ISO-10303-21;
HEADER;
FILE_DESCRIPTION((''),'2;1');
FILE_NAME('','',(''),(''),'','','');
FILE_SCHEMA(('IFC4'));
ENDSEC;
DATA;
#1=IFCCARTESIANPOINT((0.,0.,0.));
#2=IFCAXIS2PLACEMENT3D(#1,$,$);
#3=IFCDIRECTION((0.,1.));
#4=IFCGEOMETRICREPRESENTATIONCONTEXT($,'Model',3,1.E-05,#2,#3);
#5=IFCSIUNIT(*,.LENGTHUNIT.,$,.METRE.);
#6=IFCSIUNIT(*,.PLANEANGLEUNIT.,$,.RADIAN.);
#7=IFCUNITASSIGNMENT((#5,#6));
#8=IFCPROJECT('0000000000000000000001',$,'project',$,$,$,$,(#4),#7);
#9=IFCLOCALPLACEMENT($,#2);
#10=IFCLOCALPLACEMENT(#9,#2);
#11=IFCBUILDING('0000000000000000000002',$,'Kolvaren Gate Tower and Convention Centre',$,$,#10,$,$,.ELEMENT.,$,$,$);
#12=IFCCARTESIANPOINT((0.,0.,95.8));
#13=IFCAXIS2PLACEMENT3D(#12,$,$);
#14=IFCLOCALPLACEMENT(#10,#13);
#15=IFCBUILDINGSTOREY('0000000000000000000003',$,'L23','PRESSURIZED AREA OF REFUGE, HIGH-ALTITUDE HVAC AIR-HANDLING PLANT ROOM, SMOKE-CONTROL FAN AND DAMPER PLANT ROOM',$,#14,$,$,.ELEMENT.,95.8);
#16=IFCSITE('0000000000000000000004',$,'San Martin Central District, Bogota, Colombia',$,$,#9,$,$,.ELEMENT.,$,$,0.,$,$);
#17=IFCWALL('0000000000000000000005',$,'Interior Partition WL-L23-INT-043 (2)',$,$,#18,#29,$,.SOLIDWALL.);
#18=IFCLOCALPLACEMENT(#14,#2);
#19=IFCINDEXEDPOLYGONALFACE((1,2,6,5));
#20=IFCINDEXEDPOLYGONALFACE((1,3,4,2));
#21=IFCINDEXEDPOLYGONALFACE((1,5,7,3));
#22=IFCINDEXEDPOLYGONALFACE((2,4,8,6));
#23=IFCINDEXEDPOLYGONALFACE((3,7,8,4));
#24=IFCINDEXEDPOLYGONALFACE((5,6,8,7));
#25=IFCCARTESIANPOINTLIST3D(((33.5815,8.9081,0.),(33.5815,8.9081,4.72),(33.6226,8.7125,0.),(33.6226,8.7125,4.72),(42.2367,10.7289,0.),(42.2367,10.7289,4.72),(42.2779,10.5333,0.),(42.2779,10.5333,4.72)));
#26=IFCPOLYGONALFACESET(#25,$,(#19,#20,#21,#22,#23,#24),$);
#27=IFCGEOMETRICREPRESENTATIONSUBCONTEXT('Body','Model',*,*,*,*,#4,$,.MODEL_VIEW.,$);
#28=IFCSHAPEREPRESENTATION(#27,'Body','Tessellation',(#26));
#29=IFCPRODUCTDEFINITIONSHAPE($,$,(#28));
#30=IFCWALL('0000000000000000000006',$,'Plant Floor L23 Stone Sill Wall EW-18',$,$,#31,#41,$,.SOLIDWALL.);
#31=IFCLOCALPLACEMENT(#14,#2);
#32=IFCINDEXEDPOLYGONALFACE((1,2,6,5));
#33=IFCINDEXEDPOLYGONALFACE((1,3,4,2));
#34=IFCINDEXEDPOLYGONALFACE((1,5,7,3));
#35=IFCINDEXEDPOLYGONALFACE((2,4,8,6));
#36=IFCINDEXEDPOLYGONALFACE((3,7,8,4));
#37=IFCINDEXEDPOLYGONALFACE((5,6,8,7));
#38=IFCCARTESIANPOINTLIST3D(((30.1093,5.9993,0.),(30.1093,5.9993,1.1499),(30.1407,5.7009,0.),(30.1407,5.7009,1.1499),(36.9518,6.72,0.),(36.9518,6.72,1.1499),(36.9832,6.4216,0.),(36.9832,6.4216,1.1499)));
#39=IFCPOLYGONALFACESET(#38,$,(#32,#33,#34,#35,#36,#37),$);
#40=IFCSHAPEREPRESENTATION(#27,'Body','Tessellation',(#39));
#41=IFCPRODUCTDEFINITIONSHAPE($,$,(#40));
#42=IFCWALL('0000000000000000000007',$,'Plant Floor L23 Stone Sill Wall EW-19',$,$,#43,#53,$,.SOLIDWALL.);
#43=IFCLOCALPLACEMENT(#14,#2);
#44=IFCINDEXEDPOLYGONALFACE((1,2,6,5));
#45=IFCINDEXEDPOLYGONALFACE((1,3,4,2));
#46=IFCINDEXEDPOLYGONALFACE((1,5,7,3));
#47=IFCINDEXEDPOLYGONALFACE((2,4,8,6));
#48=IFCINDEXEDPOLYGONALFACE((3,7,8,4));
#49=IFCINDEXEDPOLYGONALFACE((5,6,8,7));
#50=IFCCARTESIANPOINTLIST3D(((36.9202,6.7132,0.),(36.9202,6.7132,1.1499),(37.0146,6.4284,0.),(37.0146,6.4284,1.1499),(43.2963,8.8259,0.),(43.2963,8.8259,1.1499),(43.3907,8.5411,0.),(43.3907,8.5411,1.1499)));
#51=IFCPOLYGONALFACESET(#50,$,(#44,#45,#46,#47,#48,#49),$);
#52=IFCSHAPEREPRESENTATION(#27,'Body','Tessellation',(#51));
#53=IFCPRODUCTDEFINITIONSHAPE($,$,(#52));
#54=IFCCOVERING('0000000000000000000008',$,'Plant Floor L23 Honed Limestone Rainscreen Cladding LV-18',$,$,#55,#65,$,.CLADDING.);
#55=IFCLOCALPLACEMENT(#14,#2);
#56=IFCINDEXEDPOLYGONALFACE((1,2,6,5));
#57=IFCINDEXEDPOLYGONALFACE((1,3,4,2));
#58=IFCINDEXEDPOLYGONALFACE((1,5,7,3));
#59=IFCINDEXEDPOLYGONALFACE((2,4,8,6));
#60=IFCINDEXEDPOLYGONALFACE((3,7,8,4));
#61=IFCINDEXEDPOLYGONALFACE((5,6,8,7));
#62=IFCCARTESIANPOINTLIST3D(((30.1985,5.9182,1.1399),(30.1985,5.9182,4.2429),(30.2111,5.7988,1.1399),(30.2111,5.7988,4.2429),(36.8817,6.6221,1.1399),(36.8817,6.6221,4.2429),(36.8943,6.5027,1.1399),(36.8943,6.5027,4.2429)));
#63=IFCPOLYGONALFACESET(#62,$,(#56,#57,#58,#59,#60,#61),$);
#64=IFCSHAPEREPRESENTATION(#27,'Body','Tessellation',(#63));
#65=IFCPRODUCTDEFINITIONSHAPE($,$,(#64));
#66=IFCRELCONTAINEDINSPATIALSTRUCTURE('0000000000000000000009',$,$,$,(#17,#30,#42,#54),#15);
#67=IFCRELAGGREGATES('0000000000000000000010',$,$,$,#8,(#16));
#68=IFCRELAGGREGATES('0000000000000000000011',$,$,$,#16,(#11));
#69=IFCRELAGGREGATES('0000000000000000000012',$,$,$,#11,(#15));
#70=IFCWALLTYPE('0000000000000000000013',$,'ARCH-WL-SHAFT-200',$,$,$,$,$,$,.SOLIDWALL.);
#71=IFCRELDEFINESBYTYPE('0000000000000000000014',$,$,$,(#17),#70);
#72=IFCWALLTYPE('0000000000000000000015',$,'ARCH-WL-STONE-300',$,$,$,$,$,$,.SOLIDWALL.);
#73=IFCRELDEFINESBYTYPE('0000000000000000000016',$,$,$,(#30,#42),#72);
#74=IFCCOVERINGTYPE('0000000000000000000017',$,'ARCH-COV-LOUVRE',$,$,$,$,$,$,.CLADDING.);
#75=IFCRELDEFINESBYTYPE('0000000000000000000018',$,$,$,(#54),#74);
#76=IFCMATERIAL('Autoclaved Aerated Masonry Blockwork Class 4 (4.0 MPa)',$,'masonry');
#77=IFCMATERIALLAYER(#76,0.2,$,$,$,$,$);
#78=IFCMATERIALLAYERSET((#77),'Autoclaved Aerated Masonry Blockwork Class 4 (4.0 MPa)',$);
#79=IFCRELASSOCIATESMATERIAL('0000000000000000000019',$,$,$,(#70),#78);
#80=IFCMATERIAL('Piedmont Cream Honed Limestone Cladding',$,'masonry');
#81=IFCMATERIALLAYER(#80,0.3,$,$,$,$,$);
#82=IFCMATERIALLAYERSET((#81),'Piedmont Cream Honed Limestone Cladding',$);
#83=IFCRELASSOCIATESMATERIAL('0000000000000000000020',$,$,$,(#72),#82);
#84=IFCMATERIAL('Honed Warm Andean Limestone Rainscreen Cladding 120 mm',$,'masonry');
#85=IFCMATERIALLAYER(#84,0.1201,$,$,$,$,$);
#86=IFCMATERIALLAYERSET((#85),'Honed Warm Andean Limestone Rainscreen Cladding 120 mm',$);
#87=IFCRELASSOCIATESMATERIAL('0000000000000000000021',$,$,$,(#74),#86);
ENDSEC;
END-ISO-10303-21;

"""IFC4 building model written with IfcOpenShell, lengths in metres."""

from ifc_helpers import new_model, si_unit, direction, frame, frame_2d, origin, origin_2d, place, context, subcontext, project, spatial, rectangle, extrude, material, layer, layer_set, type_object, element, save


model = new_model("IFC4")

# Units and contexts
model_context = context("Model", 3, precision=1e-05, world=origin(), true_north=direction((0.0, 1.0)))
body_context = subcontext(model_context, "Body", "Model", "MODEL_VIEW")
ifc_project = project(units=[si_unit("LENGTHUNIT", "METRE"), si_unit("PLANEANGLEUNIT", "RADIAN")], contexts=[model_context])

# Site, building, storey
site_placement = place(None, origin())
site = spatial("IfcSite", under=ifc_project, at=site_placement, Name="San Martin Central District, Bogota, Colombia", CompositionType="ELEMENT", RefElevation=0.0)
building_placement = place(site_placement, origin())
building = spatial("IfcBuilding", under=site, at=building_placement, Name="Kolvaren Gate Tower and Convention Centre", CompositionType="ELEMENT")
storey_placement = place(building_placement, frame((0.0, 0.0, 95.8)))
storey = spatial("IfcBuildingStorey", under=building, at=storey_placement, Name="L23", Description="PRESSURIZED AREA OF REFUGE, HIGH-ALTITUDE HVAC AIR-HANDLING PLANT ROOM, SMOKE-CONTROL FAN AND DAMPER PLANT ROOM", CompositionType="ELEMENT", Elevation=95.8)

# Walls
ifc_material_1 = material(Name="Autoclaved Aerated Masonry Blockwork Class 4 (4.0 MPa)", Category="masonry")
ifc_layer_1 = layer(ifc_material_1, 0.2)
ifc_layer_set_1 = layer_set([ifc_layer_1], Name="Autoclaved Aerated Masonry Blockwork Class 4 (4.0 MPa)")
wall_type_1 = type_object("IfcWallType", Name="ARCH-WL-SHAFT-200", PredefinedType="SOLIDWALL", material=ifc_layer_set_1)
wall_1_placement = place(storey_placement, frame((33.6021, 8.8103, 0.0), z_axis=(0.0, 0.0, 1.0), x_axis=(0.978581, 0.205863, 0.0)))
element("IfcWall", 1, at=wall_1_placement, inside=storey, type_object=wall_type_1, Name="Interior Partition WL-L23-INT-043 (2)", PredefinedType="SOLIDWALL", context=body_context, shape_type="SweptSolid", body=[
    extrude(rectangle(XDim=8.8447, YDim=0.2, at=frame_2d((4.4224, 0.0))), origin(), (0.0, 0.0, 1.0), 4.72),
])
ifc_material_2 = material(Name="Piedmont Cream Honed Limestone Cladding", Category="masonry")
ifc_layer_2 = layer(ifc_material_2, 0.3)
ifc_layer_set_2 = layer_set([ifc_layer_2], Name="Piedmont Cream Honed Limestone Cladding")
wall_type_2 = type_object("IfcWallType", Name="ARCH-WL-STONE-300", PredefinedType="SOLIDWALL", material=ifc_layer_set_2)
wall_2_placement = place(storey_placement, frame((30.125, 5.8501, 0.0), z_axis=(0.0, 0.0, 1.0), x_axis=(0.994499, 0.104748, 0.0)))
element("IfcWall", 2, at=wall_2_placement, inside=storey, type_object=wall_type_2, Name="Plant Floor L23 Stone Sill Wall EW-18", PredefinedType="SOLIDWALL", context=body_context, shape_type="SweptSolid", body=[
    extrude(rectangle(XDim=6.8804, YDim=0.3, at=frame_2d((3.4402, 0.0))), origin(), (0.0, 0.0, 1.0), 1.1499),
])
wall_3_placement = place(storey_placement, frame((36.9675, 6.5708, 0.0), z_axis=(0.0, 0.0, 1.0), x_axis=(0.949245, 0.314537, 0.0)))
element("IfcWall", 3, at=wall_3_placement, inside=storey, type_object=wall_type_2, Name="Plant Floor L23 Stone Sill Wall EW-19", PredefinedType="SOLIDWALL", context=body_context, shape_type="SweptSolid", body=[
    extrude(rectangle(XDim=6.717, YDim=0.3, at=frame_2d((3.3584, 0.0))), origin(), (0.0, 0.0, 1.0), 1.1499),
])

# Covering
ifc_material_3 = material(Name="Honed Warm Andean Limestone Rainscreen Cladding 120 mm", Category="masonry")
ifc_layer_3 = layer(ifc_material_3, 0.1201)
ifc_layer_set_3 = layer_set([ifc_layer_3], Name="Honed Warm Andean Limestone Rainscreen Cladding 120 mm")
covering_type = type_object("IfcCoveringType", Name="ARCH-COV-LOUVRE", PredefinedType="CLADDING", material=ifc_layer_set_3)
covering_placement = place(storey_placement, frame((33.5464, 6.2104, 1.1399), z_axis=(0.0, 0.0, 1.0), x_axis=(0.994499, 0.104747, 0.0)))
element("IfcCovering", 4, at=covering_placement, inside=storey, type_object=covering_type, Name="Plant Floor L23 Honed Limestone Rainscreen Cladding LV-18", PredefinedType="CLADDING", context=body_context, shape_type="SweptSolid", body=[
    extrude(rectangle(XDim=6.7202, YDim=0.1201, at=origin_2d()), origin(), (0.0, 0.0, 1.0), 3.103),
])

save(model, "model.ifc")
